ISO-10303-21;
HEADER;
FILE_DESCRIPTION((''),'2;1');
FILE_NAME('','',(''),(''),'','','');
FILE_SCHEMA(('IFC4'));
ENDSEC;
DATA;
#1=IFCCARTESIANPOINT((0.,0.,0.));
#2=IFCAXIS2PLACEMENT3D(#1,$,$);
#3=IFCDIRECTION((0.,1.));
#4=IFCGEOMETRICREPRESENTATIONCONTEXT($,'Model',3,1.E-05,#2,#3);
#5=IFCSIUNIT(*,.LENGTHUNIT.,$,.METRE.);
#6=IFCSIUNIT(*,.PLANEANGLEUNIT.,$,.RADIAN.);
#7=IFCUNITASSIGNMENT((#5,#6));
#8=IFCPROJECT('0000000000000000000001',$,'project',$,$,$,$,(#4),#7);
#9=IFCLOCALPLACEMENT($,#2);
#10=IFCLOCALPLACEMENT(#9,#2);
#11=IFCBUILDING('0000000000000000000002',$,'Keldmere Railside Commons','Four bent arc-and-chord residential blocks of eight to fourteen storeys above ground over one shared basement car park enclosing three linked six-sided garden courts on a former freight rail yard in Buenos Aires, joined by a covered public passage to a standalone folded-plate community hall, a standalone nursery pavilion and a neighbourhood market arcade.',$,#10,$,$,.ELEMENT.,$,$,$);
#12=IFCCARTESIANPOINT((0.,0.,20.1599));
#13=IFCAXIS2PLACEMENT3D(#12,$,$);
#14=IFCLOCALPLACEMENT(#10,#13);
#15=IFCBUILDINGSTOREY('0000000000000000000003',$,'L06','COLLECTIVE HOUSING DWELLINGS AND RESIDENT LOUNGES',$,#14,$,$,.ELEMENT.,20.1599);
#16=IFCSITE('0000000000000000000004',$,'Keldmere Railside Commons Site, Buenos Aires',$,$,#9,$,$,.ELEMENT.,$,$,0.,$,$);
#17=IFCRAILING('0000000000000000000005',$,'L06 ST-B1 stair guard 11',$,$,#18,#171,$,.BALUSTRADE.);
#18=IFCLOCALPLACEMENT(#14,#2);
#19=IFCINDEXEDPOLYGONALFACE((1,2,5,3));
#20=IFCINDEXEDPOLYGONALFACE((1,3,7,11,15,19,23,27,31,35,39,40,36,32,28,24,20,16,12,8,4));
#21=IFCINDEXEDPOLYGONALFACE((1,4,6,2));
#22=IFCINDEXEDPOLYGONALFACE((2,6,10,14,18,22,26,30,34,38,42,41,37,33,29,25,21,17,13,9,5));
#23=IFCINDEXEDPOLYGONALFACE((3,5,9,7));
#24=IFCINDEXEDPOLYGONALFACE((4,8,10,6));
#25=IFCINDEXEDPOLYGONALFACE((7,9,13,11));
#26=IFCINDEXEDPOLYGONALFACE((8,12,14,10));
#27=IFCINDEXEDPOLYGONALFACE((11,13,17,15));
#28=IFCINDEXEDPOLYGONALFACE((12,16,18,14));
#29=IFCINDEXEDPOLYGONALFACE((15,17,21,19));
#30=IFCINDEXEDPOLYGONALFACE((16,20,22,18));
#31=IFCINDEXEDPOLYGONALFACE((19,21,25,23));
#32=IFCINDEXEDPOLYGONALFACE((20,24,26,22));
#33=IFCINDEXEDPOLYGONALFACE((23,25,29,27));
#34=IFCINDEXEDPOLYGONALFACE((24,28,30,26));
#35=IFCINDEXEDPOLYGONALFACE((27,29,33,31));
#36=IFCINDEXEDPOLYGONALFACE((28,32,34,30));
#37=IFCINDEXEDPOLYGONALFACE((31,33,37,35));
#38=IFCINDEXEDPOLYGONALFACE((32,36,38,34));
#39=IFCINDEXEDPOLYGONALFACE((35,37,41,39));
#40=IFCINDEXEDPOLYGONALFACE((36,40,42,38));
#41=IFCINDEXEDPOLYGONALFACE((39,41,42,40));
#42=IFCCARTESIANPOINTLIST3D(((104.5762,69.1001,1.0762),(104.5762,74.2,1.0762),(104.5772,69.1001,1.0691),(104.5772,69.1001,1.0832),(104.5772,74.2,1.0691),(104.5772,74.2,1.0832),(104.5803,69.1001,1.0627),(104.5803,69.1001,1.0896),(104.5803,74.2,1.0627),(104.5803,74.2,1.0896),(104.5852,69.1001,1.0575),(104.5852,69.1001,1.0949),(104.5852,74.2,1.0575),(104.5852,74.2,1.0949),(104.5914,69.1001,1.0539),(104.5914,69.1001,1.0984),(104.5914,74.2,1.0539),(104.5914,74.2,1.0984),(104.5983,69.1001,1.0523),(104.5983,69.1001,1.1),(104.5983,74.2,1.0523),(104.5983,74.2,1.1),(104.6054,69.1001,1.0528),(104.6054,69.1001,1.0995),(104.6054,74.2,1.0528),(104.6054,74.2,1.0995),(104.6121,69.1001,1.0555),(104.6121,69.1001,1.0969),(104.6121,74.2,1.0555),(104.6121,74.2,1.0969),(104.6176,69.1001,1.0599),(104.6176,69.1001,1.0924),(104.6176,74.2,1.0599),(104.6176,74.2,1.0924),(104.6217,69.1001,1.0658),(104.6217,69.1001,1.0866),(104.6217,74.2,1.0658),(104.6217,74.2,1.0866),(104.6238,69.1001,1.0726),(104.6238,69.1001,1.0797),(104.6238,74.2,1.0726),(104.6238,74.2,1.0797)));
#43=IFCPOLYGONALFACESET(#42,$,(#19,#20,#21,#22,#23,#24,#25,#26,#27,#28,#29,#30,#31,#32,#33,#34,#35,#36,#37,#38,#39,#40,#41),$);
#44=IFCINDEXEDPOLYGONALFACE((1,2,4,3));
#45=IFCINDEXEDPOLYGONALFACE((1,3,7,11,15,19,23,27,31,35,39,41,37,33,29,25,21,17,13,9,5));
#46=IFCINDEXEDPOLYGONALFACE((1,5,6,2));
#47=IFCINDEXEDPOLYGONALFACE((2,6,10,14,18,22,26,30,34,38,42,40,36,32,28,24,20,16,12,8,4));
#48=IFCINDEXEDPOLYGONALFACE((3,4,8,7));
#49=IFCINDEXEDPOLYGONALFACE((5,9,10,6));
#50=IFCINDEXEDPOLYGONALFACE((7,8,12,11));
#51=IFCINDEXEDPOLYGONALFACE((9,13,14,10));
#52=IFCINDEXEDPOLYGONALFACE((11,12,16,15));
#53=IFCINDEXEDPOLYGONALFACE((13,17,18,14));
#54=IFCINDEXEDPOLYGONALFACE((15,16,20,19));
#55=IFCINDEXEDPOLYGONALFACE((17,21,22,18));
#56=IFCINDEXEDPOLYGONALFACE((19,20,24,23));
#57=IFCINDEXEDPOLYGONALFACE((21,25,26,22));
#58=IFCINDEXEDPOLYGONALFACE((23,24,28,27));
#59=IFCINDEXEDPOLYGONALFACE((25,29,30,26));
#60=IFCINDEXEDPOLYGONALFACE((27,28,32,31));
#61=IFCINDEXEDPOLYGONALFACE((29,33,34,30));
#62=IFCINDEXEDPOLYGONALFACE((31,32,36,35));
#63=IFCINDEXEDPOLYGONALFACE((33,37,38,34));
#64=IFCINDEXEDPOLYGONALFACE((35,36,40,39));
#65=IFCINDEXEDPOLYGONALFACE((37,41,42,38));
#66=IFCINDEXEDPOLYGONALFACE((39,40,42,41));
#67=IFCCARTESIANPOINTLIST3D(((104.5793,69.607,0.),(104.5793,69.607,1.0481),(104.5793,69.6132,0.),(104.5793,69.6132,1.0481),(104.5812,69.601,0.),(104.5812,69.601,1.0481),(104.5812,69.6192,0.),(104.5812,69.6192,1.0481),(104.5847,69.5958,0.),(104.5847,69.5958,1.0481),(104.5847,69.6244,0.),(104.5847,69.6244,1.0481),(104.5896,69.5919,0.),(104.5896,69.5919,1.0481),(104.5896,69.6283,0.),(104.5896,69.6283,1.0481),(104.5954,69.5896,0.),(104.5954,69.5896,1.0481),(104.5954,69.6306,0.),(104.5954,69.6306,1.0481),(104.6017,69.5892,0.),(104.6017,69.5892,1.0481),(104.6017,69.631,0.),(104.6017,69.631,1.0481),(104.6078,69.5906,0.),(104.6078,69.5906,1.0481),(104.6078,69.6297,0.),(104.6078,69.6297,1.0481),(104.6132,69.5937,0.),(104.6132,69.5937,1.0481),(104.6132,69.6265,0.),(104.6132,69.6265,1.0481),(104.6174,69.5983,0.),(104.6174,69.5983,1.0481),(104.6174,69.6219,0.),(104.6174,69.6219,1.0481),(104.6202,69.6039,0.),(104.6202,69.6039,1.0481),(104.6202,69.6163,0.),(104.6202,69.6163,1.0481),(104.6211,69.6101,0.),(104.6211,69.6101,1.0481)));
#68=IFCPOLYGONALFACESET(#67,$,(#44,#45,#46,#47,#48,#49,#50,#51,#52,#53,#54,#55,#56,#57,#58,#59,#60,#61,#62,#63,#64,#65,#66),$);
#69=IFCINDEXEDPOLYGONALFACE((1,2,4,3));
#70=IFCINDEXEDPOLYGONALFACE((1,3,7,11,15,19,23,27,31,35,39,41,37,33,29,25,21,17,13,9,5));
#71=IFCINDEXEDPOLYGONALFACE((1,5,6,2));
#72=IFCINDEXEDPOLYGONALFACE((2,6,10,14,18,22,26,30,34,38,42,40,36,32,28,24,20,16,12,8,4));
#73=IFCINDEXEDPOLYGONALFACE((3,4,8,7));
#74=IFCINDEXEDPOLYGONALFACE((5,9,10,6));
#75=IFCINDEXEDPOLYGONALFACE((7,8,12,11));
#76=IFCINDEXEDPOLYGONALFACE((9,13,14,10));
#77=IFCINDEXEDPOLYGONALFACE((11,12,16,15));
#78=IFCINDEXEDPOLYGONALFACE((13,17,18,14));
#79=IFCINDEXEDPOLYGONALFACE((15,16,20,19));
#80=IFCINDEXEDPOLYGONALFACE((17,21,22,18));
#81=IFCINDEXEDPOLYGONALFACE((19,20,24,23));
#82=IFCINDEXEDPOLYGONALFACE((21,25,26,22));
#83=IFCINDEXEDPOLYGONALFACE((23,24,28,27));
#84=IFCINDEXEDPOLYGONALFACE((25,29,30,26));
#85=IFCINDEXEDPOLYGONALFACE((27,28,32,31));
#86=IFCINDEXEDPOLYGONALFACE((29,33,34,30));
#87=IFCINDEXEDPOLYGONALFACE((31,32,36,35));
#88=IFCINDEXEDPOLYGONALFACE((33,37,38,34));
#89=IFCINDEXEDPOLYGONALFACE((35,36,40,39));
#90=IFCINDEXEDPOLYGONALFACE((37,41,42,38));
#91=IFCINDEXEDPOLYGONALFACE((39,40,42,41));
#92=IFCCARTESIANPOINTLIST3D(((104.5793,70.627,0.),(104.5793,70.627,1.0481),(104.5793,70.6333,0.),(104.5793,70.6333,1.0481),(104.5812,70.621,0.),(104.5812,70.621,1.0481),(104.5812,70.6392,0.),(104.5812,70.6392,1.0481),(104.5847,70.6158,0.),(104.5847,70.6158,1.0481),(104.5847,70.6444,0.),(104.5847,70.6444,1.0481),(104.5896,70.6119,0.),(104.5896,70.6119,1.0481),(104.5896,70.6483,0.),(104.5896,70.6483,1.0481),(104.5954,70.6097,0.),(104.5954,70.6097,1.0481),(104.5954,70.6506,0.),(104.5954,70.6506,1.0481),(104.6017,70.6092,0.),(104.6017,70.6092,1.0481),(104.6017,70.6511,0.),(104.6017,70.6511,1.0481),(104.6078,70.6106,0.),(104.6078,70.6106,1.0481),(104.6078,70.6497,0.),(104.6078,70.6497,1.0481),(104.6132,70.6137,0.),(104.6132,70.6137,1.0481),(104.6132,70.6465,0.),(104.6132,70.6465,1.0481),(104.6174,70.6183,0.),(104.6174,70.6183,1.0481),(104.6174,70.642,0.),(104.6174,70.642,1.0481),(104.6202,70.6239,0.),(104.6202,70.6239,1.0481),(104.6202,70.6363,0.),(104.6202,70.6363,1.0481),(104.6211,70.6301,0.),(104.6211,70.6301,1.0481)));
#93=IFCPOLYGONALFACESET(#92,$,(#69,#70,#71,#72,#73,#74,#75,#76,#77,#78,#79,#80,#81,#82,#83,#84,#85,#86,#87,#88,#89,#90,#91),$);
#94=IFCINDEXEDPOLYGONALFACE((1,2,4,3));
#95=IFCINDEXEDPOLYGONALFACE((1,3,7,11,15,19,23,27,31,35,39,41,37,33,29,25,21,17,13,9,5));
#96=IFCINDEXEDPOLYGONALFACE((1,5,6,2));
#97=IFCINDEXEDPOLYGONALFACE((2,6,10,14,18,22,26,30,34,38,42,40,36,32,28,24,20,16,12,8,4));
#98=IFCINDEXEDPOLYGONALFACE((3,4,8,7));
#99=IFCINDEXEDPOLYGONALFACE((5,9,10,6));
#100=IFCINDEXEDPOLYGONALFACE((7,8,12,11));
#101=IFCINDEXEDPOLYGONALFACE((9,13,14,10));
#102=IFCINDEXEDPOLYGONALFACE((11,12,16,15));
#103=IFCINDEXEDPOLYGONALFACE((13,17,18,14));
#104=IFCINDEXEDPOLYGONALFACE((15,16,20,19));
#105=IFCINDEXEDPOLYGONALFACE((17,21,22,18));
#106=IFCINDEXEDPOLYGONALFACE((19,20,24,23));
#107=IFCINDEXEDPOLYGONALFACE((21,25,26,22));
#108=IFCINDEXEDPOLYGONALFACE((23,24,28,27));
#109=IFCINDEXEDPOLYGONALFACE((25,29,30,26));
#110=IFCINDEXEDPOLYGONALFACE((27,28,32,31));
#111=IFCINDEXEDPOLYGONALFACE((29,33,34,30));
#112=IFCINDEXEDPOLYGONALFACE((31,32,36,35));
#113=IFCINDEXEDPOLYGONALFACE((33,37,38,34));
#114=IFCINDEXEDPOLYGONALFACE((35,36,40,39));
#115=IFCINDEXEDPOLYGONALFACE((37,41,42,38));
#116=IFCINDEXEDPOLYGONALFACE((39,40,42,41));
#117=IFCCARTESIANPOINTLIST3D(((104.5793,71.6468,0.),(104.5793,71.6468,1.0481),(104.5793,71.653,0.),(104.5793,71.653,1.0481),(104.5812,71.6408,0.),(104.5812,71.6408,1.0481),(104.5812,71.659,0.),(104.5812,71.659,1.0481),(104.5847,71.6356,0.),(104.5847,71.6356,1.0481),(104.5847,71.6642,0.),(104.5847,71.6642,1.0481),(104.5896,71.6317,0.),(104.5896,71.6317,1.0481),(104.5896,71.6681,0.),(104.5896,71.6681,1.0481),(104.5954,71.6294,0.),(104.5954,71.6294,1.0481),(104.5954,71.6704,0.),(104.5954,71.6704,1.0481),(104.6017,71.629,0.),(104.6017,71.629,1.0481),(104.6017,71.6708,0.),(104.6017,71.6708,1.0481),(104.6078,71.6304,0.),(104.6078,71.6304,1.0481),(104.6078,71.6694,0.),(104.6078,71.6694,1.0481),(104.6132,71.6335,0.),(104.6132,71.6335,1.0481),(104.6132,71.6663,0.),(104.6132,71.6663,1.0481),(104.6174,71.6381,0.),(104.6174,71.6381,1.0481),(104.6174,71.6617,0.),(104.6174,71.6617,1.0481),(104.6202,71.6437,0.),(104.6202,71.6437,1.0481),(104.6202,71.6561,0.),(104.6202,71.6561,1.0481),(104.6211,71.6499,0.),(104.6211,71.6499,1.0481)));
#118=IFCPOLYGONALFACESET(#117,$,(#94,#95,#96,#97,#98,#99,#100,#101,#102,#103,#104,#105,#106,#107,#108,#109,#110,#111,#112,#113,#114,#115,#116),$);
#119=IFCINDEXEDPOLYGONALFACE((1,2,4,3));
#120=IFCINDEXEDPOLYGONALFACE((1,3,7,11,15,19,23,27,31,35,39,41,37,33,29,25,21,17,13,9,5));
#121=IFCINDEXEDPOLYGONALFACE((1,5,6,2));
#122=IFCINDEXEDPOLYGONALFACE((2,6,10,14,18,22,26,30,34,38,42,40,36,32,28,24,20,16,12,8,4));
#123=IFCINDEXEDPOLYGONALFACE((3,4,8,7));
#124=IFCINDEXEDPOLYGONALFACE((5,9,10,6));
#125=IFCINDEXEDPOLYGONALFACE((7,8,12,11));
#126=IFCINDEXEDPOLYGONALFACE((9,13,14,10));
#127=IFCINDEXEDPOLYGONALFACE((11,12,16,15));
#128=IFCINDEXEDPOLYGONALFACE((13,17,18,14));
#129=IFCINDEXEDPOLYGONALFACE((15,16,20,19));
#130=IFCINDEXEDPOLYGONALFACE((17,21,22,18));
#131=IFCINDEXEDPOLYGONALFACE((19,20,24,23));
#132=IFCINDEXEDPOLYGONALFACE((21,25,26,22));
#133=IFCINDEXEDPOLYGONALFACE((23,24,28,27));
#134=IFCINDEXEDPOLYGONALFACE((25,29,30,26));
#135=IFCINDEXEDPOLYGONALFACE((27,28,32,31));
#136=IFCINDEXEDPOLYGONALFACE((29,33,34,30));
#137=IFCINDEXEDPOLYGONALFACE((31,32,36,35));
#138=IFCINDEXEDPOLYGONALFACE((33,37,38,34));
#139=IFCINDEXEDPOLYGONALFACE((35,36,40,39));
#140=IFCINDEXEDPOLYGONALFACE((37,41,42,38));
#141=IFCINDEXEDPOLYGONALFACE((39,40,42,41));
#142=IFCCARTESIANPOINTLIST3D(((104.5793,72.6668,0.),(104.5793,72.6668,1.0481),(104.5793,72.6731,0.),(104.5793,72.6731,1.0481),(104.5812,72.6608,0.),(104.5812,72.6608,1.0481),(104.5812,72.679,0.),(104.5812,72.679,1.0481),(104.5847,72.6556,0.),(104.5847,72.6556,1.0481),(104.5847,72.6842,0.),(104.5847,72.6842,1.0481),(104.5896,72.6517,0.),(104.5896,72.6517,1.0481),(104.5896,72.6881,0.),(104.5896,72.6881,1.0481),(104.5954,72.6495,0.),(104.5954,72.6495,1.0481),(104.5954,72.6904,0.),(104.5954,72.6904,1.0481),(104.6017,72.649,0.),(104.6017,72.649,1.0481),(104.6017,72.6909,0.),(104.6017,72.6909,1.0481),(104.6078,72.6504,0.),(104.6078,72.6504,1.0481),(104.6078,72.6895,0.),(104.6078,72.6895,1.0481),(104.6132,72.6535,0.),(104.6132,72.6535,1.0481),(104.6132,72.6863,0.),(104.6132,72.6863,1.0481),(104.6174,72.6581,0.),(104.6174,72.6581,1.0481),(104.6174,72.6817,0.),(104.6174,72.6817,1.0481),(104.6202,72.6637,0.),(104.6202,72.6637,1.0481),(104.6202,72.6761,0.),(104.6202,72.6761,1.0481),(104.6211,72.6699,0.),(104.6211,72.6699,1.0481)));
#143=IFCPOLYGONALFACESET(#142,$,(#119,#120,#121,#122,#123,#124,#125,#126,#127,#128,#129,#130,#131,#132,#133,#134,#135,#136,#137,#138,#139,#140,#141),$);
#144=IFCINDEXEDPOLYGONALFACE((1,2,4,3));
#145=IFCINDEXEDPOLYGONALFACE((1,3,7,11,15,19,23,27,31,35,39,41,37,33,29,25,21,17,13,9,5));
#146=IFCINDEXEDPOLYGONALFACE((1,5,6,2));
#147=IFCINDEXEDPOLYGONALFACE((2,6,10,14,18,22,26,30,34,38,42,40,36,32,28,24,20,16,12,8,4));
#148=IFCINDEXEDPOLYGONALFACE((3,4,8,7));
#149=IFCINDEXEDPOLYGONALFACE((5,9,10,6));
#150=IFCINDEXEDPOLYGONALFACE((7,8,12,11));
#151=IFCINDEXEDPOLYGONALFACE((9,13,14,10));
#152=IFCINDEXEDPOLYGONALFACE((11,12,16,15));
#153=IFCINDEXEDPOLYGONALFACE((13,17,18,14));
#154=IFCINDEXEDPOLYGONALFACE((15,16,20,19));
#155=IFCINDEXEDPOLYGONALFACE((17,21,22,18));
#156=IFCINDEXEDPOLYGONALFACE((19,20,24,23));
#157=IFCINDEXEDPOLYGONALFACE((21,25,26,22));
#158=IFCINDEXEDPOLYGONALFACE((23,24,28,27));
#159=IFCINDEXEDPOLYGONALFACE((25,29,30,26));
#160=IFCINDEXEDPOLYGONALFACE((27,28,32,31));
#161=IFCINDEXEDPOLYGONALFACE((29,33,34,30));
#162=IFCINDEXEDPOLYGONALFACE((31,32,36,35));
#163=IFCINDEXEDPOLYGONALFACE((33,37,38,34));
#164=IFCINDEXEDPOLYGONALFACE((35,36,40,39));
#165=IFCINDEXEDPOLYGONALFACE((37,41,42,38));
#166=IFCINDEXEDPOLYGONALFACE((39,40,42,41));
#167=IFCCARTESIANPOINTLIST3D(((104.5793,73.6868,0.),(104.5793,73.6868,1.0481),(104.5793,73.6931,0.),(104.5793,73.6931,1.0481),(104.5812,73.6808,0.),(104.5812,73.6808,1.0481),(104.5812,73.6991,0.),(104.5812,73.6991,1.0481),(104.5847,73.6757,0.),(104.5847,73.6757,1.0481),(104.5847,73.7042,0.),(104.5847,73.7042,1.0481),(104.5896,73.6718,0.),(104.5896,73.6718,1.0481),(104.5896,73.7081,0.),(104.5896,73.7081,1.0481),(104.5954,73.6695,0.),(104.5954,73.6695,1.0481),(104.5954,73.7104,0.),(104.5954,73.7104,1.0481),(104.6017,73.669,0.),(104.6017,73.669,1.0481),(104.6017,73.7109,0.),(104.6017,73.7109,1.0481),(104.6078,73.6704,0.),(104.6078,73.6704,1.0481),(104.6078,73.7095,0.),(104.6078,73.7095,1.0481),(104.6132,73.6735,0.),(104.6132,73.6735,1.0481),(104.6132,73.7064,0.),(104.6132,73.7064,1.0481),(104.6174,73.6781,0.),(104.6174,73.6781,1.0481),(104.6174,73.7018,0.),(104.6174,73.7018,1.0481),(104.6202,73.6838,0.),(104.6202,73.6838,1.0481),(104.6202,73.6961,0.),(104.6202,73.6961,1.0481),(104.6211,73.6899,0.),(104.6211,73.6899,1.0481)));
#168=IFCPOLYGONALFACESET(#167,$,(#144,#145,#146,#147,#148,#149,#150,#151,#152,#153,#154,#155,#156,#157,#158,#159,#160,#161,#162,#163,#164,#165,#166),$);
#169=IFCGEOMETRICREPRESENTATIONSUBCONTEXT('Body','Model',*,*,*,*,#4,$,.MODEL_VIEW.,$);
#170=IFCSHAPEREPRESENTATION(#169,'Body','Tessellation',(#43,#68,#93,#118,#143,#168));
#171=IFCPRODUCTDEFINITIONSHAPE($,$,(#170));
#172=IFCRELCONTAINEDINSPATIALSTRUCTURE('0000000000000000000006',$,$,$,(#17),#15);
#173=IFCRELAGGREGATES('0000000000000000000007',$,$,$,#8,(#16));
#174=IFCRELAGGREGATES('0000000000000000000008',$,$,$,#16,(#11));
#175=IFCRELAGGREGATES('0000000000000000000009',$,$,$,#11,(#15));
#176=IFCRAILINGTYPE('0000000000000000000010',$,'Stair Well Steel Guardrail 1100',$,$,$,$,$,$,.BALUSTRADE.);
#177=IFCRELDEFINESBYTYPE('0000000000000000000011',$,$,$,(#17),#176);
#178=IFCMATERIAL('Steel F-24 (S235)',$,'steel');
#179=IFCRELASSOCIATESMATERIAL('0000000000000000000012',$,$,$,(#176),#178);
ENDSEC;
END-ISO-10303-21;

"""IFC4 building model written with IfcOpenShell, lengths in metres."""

from ifc_helpers import new_model, si_unit, direction, frame, origin, origin_2d, place, context, subcontext, project, spatial, circle, extrude, material, type_object, element, save


model = new_model("IFC4")

# Units and contexts
model_context = context("Model", 3, precision=1e-05, world=origin(), true_north=direction((0.0, 1.0)))
body_context = subcontext(model_context, "Body", "Model", "MODEL_VIEW")
ifc_project = project(units=[si_unit("LENGTHUNIT", "METRE"), si_unit("PLANEANGLEUNIT", "RADIAN")], contexts=[model_context])

# Site, building, storey
site_placement = place(None, origin())
site = spatial("IfcSite", under=ifc_project, at=site_placement, Name="Keldmere Railside Commons Site, Buenos Aires", CompositionType="ELEMENT", RefElevation=0.0)
building_placement = place(site_placement, origin())
building = spatial("IfcBuilding", under=site, at=building_placement, Name="Keldmere Railside Commons", Description="Four bent arc-and-chord residential blocks of eight to fourteen storeys above ground over one shared basement car park enclosing three linked six-sided garden courts on a former freight rail yard in Buenos Aires, joined by a covered public passage to a standalone folded-plate community hall, a standalone nursery pavilion and a neighbourhood market arcade.", CompositionType="ELEMENT")
storey_placement = place(building_placement, frame((0.0, 0.0, 20.1599)))
storey = spatial("IfcBuildingStorey", under=building, at=storey_placement, Name="L06", Description="COLLECTIVE HOUSING DWELLINGS AND RESIDENT LOUNGES", CompositionType="ELEMENT", Elevation=20.1599)

# Shared definitions
ifc_material_1 = material(Name="Steel F-24 (S235)", Category="steel")

# Railing
railing_type_1 = type_object("IfcRailingType", Name="Stair Well Steel Guardrail 1100", PredefinedType="BALUSTRADE", material=ifc_material_1)
railing_1_placement = place(storey_placement, frame((104.6001, 69.1001, 0.0)))
element("IfcRailing", 1, at=railing_1_placement, inside=storey, type_object=railing_type_1, Name="L06 ST-B1 stair guard 11", PredefinedType="BALUSTRADE", context=body_context, shape_type="SweptSolid", body=[
    extrude(circle(Radius=0.0239, at=origin_2d()), frame((0.0, 0.0, 1.0762), z_axis=(0.0, 1.0, 0.0), x_axis=(-1.0, 0.0, 0.0)), (0.0, 0.0, 1.0), 5.0999),
    extrude(circle(Radius=0.021, at=origin_2d()), frame((0.0, 0.51, 0.0)), (0.0, 0.0, 1.0), 1.0481),
    extrude(circle(Radius=0.021, at=origin_2d()), frame((0.0, 1.53, 0.0)), (0.0, 0.0, 1.0), 1.0481),
    extrude(circle(Radius=0.021, at=origin_2d()), frame((0.0, 2.5498, 0.0)), (0.0, 0.0, 1.0), 1.0481),
    extrude(circle(Radius=0.021, at=origin_2d()), frame((0.0, 3.5698, 0.0)), (0.0, 0.0, 1.0), 1.0481),
    extrude(circle(Radius=0.021, at=origin_2d()), frame((0.0, 4.5898, 0.0)), (0.0, 0.0, 1.0), 1.0481),
])

save(model, "model.ifc")
